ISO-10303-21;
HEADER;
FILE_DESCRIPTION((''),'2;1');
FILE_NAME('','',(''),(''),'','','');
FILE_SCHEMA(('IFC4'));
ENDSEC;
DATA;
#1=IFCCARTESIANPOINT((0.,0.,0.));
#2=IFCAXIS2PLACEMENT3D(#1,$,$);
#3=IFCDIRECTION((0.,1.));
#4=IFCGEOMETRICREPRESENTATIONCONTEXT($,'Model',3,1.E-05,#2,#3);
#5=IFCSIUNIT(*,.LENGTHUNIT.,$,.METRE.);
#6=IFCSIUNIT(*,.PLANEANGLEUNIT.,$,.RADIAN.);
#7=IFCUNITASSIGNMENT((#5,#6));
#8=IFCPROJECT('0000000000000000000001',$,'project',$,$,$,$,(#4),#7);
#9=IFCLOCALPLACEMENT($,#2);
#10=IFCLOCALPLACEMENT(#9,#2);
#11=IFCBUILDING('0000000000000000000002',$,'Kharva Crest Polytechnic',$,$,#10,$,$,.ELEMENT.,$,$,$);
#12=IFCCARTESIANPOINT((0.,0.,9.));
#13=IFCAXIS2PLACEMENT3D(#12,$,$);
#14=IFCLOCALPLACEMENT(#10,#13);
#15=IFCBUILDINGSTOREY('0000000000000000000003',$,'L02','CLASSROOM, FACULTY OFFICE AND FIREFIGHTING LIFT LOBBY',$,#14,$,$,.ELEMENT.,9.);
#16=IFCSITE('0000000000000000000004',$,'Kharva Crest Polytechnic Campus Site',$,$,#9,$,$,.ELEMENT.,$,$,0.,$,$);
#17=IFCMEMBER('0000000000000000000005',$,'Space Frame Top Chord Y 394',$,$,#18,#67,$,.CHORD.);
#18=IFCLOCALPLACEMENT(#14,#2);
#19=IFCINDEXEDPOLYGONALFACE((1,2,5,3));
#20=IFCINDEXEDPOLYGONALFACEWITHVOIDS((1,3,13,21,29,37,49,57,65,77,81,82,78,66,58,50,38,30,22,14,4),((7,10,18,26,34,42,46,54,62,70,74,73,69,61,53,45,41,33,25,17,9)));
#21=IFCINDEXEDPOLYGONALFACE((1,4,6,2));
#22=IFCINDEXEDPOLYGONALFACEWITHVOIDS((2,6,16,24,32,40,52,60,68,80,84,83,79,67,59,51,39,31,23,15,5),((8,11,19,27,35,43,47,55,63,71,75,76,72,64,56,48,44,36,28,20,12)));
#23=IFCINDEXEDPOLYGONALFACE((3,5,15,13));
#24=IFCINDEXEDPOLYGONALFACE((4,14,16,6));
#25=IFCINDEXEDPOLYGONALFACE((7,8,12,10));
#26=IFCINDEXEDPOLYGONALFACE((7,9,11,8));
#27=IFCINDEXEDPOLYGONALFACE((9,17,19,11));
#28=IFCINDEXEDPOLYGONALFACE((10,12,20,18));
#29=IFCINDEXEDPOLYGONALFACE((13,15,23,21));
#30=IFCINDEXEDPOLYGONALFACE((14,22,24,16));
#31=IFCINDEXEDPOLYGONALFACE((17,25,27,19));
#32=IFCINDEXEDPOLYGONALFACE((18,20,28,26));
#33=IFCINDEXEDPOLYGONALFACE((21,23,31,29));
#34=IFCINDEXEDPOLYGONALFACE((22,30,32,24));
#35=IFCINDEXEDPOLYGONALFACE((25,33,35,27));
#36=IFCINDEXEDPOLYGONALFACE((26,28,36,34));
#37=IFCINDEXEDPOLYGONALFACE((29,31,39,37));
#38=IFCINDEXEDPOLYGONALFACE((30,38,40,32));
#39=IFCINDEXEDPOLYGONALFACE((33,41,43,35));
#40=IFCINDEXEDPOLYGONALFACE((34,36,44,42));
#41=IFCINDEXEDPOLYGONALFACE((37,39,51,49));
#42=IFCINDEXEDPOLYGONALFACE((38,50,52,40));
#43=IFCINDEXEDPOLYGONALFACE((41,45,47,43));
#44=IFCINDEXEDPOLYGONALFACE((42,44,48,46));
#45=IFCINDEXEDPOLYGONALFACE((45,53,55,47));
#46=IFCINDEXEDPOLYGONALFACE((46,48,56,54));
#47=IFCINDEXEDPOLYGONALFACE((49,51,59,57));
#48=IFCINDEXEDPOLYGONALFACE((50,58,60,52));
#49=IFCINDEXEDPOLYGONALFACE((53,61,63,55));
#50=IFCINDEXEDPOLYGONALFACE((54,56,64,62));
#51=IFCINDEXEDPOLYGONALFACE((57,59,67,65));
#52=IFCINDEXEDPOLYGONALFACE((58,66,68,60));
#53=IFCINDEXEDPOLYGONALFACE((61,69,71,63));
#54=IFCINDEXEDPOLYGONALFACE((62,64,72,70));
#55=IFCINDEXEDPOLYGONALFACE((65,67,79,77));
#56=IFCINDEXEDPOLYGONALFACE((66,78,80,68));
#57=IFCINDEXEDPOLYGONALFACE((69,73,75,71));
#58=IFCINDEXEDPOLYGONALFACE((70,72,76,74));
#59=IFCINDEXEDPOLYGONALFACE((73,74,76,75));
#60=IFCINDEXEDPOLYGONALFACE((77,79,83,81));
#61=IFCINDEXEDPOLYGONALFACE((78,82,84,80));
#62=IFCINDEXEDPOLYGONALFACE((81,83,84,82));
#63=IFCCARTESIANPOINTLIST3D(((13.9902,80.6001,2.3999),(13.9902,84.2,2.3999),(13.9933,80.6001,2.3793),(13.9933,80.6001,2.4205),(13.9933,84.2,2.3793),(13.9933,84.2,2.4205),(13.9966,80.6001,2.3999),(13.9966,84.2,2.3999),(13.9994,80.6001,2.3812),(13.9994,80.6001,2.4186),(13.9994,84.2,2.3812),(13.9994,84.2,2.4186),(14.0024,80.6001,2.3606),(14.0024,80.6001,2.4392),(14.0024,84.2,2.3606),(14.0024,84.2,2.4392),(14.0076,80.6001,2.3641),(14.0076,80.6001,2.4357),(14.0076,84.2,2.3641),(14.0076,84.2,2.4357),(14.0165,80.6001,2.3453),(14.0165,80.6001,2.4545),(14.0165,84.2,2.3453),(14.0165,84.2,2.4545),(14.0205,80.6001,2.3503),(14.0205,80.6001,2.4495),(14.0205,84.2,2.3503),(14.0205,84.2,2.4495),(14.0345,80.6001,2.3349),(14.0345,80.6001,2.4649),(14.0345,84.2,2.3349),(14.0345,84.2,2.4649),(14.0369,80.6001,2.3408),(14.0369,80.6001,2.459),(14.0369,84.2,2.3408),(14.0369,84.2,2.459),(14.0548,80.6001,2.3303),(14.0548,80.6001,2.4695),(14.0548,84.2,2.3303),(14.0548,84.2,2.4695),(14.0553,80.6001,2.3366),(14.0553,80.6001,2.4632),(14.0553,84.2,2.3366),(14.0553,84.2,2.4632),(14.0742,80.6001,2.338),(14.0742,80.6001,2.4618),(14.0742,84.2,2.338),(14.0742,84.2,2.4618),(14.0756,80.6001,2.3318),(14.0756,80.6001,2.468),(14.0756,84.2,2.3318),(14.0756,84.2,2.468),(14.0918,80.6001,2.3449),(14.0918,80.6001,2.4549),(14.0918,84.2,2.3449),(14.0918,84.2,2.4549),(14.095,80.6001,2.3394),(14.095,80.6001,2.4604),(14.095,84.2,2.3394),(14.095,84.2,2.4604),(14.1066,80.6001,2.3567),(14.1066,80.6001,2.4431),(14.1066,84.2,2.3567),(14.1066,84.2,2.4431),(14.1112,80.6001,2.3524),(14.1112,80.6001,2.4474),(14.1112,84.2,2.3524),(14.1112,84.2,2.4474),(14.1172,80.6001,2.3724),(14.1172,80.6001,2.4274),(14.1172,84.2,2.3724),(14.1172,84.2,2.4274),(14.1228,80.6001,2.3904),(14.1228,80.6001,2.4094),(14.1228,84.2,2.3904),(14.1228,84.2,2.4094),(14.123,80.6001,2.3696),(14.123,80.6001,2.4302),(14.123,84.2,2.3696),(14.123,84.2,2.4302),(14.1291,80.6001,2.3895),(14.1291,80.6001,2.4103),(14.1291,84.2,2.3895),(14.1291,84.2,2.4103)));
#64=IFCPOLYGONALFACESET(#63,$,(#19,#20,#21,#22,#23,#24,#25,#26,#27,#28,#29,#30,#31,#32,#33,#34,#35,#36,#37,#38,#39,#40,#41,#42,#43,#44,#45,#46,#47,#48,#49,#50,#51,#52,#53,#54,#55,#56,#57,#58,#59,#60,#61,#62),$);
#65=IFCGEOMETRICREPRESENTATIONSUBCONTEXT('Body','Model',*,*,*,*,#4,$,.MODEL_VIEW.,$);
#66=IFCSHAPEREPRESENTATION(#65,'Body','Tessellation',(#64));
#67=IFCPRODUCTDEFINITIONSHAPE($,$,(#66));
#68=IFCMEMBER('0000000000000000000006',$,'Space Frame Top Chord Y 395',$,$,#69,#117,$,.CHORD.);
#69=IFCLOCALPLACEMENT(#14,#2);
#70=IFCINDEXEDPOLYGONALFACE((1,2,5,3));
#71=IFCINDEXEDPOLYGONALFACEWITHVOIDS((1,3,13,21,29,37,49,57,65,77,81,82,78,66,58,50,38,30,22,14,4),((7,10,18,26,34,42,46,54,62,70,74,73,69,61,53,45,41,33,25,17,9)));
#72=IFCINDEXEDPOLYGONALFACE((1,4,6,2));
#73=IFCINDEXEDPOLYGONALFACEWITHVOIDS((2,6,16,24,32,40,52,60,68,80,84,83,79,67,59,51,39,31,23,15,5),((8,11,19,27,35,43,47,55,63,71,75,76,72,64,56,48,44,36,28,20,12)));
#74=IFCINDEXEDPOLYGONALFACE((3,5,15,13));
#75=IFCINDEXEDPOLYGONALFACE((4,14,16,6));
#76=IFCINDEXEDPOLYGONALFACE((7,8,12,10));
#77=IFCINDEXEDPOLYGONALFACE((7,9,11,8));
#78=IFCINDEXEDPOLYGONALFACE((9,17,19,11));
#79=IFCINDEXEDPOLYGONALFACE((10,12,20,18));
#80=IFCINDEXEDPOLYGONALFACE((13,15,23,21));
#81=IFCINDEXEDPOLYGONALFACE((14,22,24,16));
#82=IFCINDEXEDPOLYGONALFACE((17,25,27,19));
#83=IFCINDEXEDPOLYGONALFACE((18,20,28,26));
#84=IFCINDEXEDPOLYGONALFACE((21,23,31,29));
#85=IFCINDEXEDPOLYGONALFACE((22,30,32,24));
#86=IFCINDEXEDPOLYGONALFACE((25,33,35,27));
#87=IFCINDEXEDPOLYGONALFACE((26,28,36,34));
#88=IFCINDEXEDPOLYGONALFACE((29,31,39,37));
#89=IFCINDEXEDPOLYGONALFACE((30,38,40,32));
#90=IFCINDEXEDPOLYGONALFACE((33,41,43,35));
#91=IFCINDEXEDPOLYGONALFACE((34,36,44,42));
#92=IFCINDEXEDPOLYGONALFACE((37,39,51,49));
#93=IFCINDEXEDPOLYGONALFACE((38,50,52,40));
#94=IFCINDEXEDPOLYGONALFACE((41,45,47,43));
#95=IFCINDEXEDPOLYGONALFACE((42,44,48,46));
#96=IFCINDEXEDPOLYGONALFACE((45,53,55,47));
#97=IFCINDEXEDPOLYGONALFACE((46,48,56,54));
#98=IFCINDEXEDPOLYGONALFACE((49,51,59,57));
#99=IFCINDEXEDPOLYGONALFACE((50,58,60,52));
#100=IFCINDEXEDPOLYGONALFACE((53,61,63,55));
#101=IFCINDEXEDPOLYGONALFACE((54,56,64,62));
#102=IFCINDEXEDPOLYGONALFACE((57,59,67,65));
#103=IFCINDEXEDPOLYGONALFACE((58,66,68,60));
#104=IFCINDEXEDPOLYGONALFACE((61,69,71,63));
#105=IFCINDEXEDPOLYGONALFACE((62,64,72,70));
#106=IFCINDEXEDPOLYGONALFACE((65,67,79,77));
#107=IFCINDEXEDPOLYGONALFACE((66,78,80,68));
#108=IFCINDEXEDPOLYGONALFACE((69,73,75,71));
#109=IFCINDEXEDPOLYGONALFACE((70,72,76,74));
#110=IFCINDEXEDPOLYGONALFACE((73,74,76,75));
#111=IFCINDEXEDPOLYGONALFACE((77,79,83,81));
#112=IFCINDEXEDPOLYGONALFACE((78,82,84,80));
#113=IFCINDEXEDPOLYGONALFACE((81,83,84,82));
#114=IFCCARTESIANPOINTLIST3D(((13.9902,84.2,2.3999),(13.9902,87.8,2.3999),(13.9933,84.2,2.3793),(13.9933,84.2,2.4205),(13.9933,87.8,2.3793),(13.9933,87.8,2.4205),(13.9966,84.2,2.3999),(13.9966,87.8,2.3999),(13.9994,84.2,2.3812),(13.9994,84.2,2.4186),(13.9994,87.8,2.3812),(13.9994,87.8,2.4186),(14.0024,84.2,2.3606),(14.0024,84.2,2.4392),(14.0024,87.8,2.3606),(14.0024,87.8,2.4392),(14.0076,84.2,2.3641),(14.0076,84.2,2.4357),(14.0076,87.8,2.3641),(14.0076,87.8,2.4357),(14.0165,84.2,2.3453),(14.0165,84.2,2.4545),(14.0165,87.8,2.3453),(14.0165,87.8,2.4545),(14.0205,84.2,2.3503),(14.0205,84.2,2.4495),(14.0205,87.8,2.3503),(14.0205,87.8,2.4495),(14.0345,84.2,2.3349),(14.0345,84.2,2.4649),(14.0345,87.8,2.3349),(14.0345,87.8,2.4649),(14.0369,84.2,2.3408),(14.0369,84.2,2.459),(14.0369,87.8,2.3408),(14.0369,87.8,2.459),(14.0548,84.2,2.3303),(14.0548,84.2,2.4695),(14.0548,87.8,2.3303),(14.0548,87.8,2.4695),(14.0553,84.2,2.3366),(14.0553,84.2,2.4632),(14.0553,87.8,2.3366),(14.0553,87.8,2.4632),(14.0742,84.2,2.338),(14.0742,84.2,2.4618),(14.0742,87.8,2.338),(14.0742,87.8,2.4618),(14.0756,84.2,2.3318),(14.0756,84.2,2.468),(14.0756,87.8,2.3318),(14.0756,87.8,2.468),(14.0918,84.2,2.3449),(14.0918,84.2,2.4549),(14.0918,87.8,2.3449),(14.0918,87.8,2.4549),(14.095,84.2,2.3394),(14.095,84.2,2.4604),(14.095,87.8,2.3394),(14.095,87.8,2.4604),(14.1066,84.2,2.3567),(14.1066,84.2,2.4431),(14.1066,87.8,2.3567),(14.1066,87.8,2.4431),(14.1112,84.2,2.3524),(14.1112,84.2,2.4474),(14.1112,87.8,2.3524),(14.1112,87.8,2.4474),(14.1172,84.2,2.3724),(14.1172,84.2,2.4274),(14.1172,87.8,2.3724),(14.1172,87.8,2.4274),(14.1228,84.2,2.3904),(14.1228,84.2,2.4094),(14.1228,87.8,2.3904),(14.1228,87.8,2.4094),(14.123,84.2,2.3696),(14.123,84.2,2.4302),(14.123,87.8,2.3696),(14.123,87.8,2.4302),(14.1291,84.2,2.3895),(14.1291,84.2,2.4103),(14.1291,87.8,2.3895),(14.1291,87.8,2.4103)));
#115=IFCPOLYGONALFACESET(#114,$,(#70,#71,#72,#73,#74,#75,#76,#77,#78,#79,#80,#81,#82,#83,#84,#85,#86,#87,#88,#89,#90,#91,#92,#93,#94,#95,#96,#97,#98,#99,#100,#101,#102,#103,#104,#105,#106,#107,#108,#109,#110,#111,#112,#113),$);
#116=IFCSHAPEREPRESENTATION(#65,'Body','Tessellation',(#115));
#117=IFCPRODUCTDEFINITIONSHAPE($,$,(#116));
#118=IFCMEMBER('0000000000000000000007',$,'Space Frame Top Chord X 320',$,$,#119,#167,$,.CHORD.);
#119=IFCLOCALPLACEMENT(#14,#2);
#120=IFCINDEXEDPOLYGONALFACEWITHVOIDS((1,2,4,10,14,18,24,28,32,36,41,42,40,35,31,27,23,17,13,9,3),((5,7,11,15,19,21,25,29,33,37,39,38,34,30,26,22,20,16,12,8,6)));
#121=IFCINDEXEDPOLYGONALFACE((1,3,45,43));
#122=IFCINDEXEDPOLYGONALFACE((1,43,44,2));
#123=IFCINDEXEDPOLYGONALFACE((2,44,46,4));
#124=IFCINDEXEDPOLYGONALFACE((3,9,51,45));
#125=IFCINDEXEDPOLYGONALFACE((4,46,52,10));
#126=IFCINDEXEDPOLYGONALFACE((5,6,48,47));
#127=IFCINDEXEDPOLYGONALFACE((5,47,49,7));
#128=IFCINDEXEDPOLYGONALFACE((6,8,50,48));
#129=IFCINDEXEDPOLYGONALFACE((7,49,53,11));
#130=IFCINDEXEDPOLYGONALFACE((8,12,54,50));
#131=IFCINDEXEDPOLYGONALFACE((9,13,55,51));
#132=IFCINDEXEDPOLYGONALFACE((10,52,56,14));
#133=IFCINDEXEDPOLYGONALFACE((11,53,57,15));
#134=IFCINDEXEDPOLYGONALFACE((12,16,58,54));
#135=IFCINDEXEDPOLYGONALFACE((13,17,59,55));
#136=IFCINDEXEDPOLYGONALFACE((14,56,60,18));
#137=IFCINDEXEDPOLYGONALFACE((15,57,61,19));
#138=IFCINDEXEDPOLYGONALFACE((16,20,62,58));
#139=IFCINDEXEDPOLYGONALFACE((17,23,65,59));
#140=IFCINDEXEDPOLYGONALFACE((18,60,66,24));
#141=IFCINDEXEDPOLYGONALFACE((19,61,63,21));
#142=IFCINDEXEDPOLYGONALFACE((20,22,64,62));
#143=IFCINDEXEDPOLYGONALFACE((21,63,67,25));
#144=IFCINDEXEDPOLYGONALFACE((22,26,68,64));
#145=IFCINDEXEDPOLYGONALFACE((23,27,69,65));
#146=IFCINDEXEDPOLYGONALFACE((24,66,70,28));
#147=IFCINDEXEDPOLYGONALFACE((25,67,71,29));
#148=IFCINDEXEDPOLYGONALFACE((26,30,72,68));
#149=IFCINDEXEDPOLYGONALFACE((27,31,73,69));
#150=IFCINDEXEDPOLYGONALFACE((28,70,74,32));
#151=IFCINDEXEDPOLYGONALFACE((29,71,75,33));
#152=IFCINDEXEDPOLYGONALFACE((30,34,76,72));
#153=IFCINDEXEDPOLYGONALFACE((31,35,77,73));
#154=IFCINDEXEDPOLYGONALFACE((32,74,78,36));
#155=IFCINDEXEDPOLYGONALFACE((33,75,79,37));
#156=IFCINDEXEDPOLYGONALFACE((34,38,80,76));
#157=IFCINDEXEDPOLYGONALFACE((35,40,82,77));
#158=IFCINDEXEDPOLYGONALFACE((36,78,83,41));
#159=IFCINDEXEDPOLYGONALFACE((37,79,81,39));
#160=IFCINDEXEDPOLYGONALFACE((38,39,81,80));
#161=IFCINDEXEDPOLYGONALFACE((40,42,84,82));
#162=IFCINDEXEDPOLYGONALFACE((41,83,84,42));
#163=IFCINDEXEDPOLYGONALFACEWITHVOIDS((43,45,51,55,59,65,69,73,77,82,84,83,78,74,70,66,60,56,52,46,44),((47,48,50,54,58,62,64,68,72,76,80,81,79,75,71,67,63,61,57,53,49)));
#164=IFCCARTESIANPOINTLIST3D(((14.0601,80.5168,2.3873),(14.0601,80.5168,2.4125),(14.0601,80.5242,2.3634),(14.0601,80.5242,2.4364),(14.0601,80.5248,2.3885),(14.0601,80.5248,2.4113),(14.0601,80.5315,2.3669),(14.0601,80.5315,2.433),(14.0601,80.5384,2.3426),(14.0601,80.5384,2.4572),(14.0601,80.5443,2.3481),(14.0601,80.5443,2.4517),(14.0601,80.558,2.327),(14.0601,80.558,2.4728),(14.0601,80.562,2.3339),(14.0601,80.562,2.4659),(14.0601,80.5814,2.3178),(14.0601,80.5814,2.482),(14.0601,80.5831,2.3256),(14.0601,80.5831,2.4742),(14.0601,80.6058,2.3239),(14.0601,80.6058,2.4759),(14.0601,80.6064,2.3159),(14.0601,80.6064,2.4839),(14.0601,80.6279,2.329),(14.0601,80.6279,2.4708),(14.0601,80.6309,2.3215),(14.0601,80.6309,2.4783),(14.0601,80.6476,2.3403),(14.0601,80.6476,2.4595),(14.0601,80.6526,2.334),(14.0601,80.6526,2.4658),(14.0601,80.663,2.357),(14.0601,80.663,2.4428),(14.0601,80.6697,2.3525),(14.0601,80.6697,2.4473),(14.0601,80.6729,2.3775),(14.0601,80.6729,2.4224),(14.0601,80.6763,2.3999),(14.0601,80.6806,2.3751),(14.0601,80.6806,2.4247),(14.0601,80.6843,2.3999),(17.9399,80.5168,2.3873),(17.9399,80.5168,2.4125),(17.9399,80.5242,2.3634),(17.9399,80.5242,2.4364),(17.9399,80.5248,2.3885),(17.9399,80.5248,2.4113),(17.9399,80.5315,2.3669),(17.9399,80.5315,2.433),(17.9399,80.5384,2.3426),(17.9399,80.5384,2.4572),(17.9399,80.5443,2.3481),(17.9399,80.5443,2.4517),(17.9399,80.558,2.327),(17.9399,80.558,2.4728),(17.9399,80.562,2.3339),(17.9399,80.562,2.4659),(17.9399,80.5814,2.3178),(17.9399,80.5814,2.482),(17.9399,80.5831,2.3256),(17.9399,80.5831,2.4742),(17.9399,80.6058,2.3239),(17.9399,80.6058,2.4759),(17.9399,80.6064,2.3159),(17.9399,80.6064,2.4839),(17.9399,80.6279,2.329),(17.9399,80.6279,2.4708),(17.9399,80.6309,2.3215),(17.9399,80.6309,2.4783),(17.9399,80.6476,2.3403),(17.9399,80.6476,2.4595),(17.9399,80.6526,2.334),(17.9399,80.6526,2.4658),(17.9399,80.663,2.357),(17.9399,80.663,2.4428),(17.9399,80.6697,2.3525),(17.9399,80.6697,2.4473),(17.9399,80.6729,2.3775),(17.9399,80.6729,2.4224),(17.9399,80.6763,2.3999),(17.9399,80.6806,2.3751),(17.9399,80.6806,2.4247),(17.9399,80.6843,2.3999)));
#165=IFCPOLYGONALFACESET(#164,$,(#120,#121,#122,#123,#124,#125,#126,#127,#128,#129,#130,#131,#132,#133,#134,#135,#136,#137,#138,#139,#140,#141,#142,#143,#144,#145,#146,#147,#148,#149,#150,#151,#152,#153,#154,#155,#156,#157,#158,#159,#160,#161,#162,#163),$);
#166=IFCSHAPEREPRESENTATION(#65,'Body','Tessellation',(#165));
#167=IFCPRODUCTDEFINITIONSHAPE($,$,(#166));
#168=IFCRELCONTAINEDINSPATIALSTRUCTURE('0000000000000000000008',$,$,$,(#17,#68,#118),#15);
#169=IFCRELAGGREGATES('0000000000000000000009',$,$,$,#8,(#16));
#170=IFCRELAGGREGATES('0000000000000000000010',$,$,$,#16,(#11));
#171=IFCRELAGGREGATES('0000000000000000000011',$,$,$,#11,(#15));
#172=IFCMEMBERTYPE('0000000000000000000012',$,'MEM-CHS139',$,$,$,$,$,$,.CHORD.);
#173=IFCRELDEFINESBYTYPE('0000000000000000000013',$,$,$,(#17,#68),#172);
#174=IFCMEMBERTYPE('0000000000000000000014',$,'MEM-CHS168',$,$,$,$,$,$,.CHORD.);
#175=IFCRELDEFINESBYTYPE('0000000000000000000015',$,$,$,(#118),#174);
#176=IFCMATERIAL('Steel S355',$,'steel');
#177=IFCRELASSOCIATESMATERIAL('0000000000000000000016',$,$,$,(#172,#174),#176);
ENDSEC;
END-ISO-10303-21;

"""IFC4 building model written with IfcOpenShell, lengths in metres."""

from ifc_helpers import new_model, si_unit, direction, frame, origin, origin_2d, place, context, subcontext, project, spatial, hollow_circle, extrude, material, material_profile, profile_set, type_object, element, save


model = new_model("IFC4")

# Units and contexts
model_context = context("Model", 3, precision=1e-05, world=origin(), true_north=direction((0.0, 1.0)))
body_context = subcontext(model_context, "Body", "Model", "MODEL_VIEW")
ifc_project = project(units=[si_unit("LENGTHUNIT", "METRE"), si_unit("PLANEANGLEUNIT", "RADIAN")], contexts=[model_context])

# Site, building, storey
site_placement = place(None, origin())
site = spatial("IfcSite", under=ifc_project, at=site_placement, Name="Kharva Crest Polytechnic Campus Site", CompositionType="ELEMENT", RefElevation=0.0)
building_placement = place(site_placement, origin())
building = spatial("IfcBuilding", under=site, at=building_placement, Name="Kharva Crest Polytechnic", CompositionType="ELEMENT")
storey_placement = place(building_placement, frame((0.0, 0.0, 9.0)))
storey = spatial("IfcBuildingStorey", under=building, at=storey_placement, Name="L02", Description="CLASSROOM, FACULTY OFFICE AND FIREFIGHTING LIFT LOBBY", CompositionType="ELEMENT", Elevation=9.0)

# Shared definitions
ifc_material_1 = material(Name="Steel S355", Category="steel")

# Members
ifc_material_profile_1 = material_profile(ifc_material_1, hollow_circle(Radius=0.0698, WallThickness=0.0063, at=origin_2d()), Name="CHS 139.7X6.3")
ifc_profile_set_1 = profile_set([ifc_material_profile_1], Name="Steel S355")
member_type_1 = type_object("IfcMemberType", Name="MEM-CHS139", PredefinedType="CHORD", material=ifc_profile_set_1)
member_1_placement = place(storey_placement, frame((14.0601, 80.6001, 2.3999), z_axis=(0.0, 1.0, 0.0), x_axis=(-1.0, 0.0, 0.0)))
element("IfcMember", 1, at=member_1_placement, inside=storey, type_object=member_type_1, Name="Space Frame Top Chord Y 394", PredefinedType="CHORD", context=body_context, shape_type="SweptSolid", body=[
    extrude(hollow_circle(Radius=0.0698, WallThickness=0.0063, at=origin_2d()), origin(), (0.0, 0.0, 1.0), 3.5999),
])
member_2_placement = place(storey_placement, frame((14.0601, 84.2, 2.3999), z_axis=(0.0, 1.0, 0.0), x_axis=(-1.0, 0.0, 0.0)))
element("IfcMember", 2, at=member_2_placement, inside=storey, type_object=member_type_1, Name="Space Frame Top Chord Y 395", PredefinedType="CHORD", context=body_context, shape_type="SweptSolid", body=[
    extrude(hollow_circle(Radius=0.0698, WallThickness=0.0063, at=origin_2d()), origin(), (0.0, 0.0, 1.0), 3.6001),
])
ifc_material_profile_2 = material_profile(ifc_material_1, hollow_circle(Radius=0.0842, WallThickness=0.0081, at=origin_2d()), Name="CHS 168.3X8.0")
ifc_profile_set_2 = profile_set([ifc_material_profile_2], Name="Steel S355")
member_type_2 = type_object("IfcMemberType", Name="MEM-CHS168", PredefinedType="CHORD", material=ifc_profile_set_2)
for number, where, z_axis, x_axis, name in (
    (3, (14.0601, 80.6001, 2.3999), (1.0, 0.0, 0.0), (0.0, 1.0, 0.0), "Space Frame Top Chord X 320"),
):
    element("IfcMember", number, at=place(storey_placement, frame(where, z_axis=z_axis, x_axis=x_axis)), inside=storey, type_object=member_type_2, Name=name, PredefinedType="CHORD", context=body_context, shape_type="SweptSolid", body=[
        extrude(hollow_circle(Radius=0.0842, WallThickness=0.0081, at=origin_2d()), origin(), (0.0, 0.0, 1.0), 3.8799),
    ])

save(model, "model.ifc")
